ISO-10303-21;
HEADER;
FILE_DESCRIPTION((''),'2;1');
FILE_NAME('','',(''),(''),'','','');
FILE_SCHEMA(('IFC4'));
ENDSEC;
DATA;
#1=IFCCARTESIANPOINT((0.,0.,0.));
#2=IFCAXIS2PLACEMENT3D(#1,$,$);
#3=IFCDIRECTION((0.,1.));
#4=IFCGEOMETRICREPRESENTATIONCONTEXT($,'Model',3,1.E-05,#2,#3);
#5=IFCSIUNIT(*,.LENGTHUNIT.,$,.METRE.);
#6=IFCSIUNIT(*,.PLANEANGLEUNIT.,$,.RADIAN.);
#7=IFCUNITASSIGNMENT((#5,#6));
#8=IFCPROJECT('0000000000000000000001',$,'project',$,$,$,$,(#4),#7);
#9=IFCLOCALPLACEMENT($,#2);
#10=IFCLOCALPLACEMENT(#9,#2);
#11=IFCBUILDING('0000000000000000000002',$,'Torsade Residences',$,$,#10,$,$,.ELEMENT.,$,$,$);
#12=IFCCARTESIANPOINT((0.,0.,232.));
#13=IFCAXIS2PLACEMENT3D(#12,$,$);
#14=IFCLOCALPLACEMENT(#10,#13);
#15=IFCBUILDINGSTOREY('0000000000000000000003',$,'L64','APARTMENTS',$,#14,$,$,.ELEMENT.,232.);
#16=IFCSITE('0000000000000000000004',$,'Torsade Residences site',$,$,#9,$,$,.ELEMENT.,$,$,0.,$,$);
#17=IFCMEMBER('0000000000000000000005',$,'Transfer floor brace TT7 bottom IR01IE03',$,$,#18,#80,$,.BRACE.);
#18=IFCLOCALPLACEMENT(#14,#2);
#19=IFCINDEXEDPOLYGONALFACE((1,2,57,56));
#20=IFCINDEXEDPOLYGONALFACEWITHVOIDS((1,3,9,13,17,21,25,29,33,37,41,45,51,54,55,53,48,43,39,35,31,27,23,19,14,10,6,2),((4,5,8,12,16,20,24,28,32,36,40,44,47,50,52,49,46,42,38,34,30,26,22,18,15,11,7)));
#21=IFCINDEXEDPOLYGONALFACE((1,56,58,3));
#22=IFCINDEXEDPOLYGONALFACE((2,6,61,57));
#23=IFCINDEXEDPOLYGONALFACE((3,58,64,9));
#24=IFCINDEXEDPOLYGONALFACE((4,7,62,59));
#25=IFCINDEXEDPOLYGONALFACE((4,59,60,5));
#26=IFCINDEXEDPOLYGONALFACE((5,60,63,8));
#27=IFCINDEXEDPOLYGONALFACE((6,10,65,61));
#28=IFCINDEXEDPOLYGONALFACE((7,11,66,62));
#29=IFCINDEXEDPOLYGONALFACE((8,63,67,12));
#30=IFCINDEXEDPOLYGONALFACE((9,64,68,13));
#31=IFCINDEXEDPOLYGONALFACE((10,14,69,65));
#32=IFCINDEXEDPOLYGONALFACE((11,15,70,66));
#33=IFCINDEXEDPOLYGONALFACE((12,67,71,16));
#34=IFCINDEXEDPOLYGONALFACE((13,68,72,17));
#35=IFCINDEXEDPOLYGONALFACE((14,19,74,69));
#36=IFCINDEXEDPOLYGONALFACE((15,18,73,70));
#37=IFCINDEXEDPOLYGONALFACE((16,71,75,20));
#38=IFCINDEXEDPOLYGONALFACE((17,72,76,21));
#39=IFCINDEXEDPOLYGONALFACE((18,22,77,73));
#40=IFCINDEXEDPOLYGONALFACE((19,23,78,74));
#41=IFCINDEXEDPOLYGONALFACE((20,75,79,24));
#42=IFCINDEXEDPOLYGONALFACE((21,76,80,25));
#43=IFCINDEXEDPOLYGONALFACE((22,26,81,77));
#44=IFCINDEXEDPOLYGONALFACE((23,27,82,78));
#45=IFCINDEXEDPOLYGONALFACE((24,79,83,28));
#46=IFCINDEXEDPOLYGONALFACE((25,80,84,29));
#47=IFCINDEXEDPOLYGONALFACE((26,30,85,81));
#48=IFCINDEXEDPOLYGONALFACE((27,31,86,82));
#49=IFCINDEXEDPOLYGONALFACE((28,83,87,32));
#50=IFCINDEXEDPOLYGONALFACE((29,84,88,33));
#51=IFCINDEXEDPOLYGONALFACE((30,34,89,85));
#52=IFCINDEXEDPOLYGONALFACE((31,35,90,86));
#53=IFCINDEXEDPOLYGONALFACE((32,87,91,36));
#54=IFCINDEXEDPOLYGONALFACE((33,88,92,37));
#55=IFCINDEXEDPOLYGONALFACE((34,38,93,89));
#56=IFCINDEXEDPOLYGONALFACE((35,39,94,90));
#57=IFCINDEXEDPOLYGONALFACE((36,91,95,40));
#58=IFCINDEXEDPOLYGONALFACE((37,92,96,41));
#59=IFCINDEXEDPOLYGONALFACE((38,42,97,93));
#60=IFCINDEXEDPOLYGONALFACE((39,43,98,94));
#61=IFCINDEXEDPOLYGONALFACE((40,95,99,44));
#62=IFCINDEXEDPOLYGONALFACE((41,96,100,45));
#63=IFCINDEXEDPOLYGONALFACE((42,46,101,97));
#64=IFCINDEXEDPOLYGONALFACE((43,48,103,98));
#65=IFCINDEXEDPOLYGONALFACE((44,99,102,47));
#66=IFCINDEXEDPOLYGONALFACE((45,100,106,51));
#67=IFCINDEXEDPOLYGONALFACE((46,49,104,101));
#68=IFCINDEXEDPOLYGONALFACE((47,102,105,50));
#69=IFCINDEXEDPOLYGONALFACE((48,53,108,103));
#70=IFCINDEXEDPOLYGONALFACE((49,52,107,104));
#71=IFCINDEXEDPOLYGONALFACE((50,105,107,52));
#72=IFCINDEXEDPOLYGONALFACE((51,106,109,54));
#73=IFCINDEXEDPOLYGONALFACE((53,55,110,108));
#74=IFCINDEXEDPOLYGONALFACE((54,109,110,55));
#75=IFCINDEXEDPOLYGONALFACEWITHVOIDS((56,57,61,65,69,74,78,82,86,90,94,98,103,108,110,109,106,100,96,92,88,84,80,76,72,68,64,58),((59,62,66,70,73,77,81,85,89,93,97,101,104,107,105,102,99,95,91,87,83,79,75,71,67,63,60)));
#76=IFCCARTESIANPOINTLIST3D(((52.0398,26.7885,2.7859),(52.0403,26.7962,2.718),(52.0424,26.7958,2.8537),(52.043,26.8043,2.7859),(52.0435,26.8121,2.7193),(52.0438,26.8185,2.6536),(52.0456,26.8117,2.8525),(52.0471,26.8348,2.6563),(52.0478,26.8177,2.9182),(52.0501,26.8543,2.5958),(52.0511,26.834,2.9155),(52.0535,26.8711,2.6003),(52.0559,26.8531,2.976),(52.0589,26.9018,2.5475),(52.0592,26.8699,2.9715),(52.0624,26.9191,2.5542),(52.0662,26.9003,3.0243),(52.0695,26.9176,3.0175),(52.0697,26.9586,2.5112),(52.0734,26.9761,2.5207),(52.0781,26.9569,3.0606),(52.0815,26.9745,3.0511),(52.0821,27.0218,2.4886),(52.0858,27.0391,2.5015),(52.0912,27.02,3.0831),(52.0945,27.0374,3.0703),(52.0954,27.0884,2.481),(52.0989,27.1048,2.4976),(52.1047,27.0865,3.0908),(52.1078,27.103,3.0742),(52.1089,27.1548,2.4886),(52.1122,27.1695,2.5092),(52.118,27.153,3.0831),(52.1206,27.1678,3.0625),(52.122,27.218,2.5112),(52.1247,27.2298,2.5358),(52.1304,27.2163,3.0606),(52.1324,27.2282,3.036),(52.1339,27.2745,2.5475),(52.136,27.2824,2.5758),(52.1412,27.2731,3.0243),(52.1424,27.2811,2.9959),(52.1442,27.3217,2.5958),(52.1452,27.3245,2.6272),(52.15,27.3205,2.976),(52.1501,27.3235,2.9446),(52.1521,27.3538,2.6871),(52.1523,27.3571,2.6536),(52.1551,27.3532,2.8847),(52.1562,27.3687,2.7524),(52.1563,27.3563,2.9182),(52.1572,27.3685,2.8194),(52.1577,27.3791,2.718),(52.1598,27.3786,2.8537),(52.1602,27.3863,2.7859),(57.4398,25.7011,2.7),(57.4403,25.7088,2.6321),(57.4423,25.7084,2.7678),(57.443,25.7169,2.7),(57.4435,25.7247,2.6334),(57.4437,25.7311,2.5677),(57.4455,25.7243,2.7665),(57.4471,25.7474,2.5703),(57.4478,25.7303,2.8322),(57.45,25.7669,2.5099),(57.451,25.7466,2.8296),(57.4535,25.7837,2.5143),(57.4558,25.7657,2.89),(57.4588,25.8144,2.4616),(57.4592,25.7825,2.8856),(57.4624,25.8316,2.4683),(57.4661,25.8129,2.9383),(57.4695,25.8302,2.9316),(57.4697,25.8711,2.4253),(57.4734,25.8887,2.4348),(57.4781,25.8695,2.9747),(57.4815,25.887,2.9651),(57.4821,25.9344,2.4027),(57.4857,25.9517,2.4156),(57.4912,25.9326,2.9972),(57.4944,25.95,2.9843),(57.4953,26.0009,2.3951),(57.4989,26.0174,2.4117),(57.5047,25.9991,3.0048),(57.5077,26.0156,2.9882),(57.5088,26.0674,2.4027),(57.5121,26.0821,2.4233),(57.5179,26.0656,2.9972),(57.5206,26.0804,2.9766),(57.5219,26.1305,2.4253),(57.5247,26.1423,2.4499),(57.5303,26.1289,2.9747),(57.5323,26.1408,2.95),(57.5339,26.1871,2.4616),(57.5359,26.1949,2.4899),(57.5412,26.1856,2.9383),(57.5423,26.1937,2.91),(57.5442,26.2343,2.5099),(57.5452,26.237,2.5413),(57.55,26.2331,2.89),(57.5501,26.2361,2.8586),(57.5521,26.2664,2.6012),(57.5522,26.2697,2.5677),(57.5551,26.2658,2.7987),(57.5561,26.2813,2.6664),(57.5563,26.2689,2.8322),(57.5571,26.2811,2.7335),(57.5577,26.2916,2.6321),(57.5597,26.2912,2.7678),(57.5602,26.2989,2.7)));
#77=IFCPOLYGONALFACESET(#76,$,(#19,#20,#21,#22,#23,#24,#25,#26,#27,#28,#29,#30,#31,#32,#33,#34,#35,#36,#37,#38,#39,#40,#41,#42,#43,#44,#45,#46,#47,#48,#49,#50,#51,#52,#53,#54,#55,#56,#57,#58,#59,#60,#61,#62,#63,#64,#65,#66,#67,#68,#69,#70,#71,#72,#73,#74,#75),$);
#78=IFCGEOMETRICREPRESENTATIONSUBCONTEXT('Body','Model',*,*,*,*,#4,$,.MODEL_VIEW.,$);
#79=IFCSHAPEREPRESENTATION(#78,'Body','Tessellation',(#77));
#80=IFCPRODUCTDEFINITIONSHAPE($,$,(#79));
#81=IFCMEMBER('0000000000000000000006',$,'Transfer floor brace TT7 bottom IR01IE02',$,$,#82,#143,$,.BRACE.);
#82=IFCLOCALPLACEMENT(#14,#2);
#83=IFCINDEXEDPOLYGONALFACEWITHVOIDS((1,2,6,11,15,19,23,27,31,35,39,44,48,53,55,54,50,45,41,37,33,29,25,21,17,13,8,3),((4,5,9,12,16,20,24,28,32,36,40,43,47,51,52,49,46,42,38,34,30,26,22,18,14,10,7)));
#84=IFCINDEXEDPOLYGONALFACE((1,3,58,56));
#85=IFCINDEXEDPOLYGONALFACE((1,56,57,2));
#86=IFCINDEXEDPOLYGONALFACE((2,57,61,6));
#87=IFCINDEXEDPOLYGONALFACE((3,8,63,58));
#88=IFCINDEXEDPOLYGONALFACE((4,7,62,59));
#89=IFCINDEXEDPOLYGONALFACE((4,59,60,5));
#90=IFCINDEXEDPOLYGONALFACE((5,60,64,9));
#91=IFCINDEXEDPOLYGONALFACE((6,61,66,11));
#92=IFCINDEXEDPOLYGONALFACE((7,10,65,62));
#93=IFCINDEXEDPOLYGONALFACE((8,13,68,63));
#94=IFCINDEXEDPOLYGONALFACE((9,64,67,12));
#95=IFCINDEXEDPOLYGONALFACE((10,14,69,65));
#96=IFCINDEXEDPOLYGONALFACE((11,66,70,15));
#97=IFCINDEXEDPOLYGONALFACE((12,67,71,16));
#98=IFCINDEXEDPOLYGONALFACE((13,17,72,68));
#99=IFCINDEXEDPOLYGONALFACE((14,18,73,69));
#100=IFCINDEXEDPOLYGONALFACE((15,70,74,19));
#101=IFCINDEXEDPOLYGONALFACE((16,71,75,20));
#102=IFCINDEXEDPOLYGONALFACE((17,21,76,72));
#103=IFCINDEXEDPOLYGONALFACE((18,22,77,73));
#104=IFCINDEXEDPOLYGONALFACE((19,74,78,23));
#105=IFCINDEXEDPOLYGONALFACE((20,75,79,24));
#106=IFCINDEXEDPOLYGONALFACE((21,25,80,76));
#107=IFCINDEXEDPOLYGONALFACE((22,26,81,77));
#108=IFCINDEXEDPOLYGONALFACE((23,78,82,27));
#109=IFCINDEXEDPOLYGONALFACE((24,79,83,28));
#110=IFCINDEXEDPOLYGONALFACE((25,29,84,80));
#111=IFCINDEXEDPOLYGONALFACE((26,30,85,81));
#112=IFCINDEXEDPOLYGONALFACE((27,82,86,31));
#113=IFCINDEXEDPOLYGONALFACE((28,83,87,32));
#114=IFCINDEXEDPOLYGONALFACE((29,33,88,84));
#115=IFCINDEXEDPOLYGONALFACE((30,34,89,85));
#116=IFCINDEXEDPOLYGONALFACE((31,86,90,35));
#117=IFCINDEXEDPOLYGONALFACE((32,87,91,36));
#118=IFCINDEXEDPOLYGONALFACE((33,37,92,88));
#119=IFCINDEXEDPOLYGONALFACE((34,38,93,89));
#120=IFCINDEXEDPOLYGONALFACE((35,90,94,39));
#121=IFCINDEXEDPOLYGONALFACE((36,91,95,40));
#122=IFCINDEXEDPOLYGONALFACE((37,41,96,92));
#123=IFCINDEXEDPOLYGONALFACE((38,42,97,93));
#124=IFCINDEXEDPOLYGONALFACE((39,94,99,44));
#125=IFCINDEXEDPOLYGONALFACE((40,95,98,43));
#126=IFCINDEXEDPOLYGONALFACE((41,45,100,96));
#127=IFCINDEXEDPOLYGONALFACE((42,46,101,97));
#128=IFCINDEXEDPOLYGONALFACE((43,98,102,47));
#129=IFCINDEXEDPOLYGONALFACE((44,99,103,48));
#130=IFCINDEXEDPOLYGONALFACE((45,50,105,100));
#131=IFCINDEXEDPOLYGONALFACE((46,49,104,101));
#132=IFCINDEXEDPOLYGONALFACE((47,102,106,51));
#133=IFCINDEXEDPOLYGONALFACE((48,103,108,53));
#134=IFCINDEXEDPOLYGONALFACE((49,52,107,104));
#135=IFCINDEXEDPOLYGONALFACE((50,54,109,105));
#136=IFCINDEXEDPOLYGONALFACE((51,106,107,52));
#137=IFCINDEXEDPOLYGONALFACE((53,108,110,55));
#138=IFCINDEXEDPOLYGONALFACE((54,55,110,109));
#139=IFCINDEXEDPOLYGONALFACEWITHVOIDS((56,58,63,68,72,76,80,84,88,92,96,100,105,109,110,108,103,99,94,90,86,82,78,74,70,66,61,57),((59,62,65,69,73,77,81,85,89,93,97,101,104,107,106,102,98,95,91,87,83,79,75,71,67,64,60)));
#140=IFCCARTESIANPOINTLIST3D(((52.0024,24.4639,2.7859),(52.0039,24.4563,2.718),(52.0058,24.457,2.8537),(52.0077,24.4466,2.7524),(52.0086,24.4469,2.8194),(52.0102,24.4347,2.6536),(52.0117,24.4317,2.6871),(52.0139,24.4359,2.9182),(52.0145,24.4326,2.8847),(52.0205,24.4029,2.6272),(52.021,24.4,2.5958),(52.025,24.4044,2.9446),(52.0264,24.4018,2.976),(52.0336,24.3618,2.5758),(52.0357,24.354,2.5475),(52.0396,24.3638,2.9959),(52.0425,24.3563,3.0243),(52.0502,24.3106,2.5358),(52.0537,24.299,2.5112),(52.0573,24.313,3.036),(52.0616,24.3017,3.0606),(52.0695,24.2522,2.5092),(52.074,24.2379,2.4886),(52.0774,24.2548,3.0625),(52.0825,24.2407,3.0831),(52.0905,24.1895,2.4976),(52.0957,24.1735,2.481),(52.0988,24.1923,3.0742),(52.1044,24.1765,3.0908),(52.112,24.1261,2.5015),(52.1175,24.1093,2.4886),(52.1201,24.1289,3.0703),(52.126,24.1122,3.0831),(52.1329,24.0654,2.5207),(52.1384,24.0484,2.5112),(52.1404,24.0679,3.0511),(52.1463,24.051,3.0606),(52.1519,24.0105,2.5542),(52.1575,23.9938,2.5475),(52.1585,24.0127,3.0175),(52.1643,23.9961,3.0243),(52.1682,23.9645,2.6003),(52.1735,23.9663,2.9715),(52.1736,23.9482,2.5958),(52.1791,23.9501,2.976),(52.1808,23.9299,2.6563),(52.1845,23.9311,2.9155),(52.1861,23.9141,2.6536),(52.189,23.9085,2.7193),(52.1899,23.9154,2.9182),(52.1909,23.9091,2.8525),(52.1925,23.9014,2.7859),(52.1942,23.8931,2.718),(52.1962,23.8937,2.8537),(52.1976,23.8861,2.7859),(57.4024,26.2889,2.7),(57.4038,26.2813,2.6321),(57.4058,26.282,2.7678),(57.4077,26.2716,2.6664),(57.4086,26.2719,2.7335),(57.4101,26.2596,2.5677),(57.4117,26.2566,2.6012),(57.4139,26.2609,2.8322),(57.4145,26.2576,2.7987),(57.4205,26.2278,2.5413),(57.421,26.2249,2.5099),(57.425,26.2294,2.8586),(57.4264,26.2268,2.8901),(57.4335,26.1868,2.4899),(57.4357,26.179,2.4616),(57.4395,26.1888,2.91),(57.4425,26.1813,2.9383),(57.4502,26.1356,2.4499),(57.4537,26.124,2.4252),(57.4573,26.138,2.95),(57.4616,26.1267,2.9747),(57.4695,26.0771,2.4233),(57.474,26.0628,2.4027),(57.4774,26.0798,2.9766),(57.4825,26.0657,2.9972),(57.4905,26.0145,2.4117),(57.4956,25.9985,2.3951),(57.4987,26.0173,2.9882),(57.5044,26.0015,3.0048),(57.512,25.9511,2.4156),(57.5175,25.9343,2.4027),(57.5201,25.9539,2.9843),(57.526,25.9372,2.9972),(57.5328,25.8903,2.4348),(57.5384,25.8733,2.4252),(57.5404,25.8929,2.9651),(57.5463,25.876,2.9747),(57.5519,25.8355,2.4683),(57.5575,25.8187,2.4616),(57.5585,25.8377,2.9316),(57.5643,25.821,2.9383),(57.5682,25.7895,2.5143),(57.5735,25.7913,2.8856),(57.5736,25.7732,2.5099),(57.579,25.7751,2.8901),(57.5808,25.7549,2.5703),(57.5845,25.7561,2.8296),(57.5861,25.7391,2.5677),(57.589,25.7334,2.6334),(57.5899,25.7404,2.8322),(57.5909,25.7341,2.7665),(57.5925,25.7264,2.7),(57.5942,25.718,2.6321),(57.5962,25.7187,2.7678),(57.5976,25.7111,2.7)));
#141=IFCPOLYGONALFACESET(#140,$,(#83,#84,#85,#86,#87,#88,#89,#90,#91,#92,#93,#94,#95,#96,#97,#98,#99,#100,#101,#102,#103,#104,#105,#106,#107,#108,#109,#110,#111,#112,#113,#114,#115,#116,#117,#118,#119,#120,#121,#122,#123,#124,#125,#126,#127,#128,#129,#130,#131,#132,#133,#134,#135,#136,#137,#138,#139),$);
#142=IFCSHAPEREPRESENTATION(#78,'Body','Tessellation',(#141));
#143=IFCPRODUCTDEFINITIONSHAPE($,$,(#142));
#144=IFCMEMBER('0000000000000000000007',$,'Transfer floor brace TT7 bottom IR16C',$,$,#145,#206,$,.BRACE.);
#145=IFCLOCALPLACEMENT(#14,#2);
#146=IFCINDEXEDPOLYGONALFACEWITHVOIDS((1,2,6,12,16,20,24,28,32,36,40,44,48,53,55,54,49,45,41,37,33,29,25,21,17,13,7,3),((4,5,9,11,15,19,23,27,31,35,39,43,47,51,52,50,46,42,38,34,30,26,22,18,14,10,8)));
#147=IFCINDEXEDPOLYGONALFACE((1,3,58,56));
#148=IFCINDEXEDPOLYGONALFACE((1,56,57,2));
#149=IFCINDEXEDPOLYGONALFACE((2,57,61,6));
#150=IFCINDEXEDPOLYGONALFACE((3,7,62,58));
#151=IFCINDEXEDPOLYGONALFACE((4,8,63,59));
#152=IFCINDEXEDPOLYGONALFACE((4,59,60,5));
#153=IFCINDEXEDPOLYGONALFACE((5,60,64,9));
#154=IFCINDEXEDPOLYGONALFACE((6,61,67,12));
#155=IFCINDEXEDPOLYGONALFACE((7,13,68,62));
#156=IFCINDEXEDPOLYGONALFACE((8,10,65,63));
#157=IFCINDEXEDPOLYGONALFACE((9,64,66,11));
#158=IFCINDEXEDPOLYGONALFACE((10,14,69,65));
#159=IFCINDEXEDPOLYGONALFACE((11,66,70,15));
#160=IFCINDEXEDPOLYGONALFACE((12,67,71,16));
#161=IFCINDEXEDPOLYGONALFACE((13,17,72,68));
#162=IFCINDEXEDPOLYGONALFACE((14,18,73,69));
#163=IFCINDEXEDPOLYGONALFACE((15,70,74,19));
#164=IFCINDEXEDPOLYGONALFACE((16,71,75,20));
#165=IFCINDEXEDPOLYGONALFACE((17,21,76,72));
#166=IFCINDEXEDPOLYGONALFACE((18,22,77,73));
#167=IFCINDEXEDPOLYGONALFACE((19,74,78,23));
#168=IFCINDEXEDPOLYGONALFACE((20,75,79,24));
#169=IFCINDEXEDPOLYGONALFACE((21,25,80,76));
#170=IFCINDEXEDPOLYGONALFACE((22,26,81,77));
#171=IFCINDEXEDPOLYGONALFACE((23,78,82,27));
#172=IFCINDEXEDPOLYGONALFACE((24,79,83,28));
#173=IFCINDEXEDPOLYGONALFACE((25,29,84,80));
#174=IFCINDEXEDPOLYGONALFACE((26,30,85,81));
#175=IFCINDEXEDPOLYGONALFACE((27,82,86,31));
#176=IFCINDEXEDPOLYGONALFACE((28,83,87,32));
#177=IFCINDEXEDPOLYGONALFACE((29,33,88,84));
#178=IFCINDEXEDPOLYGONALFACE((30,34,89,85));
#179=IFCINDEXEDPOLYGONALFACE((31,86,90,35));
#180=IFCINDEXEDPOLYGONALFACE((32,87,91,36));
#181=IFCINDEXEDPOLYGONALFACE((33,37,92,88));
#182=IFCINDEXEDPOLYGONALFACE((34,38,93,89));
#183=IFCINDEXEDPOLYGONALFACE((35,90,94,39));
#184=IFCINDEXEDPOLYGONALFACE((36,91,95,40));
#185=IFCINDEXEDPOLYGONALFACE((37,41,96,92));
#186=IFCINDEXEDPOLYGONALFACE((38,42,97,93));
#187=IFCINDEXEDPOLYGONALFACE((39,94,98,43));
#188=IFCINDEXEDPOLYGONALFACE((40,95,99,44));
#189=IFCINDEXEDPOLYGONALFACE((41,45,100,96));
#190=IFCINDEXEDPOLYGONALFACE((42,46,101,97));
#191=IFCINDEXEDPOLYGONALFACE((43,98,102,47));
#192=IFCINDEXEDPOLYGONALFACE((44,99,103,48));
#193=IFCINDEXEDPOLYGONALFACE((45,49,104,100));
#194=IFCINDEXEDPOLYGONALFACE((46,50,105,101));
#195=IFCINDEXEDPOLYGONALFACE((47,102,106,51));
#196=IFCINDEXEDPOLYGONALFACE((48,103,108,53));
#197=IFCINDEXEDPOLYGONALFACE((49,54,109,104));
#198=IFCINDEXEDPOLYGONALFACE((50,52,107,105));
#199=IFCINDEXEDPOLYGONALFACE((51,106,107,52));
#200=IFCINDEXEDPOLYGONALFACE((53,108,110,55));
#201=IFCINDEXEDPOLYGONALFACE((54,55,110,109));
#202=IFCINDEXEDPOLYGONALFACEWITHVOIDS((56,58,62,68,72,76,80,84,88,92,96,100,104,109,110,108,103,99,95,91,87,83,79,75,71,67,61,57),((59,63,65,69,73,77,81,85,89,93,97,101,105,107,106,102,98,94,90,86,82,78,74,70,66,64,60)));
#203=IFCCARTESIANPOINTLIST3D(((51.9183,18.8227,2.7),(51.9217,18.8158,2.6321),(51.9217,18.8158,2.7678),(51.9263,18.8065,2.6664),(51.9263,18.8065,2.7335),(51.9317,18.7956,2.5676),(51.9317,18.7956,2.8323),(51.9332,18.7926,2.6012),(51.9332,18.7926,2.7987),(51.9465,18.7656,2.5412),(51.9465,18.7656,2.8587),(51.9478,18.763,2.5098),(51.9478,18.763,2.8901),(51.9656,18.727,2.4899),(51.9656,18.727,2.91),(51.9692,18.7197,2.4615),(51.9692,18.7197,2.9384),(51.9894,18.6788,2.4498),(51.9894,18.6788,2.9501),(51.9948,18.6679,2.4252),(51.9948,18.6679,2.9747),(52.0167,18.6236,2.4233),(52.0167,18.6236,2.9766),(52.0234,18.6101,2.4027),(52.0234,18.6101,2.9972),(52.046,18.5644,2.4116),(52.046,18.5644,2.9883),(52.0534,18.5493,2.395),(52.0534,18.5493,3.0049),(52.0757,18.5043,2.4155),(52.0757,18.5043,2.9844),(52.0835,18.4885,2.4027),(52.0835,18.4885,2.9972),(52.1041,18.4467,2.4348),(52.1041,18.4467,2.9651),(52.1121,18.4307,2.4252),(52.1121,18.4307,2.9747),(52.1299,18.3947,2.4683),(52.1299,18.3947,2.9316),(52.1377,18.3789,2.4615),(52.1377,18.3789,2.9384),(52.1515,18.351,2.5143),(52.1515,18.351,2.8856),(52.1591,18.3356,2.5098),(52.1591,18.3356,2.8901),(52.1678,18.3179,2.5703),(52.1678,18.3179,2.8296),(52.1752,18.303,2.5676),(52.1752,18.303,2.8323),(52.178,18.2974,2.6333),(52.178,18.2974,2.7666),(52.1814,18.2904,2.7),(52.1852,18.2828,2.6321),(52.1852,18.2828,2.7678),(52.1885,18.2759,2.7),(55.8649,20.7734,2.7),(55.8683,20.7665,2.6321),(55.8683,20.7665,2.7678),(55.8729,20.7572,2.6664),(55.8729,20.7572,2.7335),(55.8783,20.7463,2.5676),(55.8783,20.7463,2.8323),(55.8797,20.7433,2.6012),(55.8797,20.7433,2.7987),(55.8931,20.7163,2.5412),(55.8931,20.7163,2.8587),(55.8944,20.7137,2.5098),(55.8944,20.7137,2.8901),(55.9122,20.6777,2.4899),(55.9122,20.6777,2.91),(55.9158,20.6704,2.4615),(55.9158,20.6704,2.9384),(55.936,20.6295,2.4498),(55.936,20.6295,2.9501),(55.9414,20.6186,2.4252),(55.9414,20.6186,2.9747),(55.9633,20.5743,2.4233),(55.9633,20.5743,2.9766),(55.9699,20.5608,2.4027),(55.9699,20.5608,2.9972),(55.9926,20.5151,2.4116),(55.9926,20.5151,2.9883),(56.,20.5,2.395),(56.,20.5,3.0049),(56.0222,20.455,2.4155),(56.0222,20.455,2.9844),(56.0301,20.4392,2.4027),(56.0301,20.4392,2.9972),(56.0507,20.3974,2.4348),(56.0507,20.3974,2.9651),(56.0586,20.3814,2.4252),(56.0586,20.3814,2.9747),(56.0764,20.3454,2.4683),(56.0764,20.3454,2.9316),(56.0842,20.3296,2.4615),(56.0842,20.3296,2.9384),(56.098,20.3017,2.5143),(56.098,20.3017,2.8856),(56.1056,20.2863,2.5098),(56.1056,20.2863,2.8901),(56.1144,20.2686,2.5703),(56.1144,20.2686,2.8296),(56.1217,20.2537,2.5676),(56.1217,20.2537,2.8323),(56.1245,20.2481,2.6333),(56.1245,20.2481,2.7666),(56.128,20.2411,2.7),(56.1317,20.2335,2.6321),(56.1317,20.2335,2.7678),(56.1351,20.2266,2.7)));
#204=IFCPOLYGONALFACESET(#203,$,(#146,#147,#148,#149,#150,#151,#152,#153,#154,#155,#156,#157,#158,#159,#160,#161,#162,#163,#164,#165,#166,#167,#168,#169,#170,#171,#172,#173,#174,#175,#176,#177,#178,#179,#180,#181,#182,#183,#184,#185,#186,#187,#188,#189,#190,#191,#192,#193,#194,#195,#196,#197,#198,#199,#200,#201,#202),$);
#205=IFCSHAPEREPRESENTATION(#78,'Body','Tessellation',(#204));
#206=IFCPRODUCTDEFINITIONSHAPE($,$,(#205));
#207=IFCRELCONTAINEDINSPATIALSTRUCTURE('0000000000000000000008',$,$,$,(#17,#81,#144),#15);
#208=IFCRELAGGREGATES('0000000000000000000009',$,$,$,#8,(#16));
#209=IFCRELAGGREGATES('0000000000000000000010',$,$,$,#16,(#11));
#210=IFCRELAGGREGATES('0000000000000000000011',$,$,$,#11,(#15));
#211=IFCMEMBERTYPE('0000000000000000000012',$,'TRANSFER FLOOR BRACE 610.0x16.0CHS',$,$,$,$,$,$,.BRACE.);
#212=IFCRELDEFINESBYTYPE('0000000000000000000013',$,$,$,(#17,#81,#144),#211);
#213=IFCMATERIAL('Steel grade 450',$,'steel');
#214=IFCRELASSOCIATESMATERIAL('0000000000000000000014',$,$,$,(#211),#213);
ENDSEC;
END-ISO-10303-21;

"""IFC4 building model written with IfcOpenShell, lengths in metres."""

from ifc_helpers import new_model, si_unit, direction, frame, origin, origin_2d, place, context, subcontext, project, spatial, hollow_circle, extrude, material, material_profile, profile_set, type_object, element, save


model = new_model("IFC4")

# Units and contexts
model_context = context("Model", 3, precision=1e-05, world=origin(), true_north=direction((0.0, 1.0)))
body_context = subcontext(model_context, "Body", "Model", "MODEL_VIEW")
ifc_project = project(units=[si_unit("LENGTHUNIT", "METRE"), si_unit("PLANEANGLEUNIT", "RADIAN")], contexts=[model_context])

# Site, building, storey
site_placement = place(None, origin())
site = spatial("IfcSite", under=ifc_project, at=site_placement, Name="Torsade Residences site", CompositionType="ELEMENT", RefElevation=0.0)
building_placement = place(site_placement, origin())
building = spatial("IfcBuilding", under=site, at=building_placement, Name="Torsade Residences", CompositionType="ELEMENT")
storey_placement = place(building_placement, frame((0.0, 0.0, 232.0)))
storey = spatial("IfcBuildingStorey", under=building, at=storey_placement, Name="L64", Description="APARTMENTS", CompositionType="ELEMENT", Elevation=232.0)

# Members
ifc_material_1 = material(Name="Steel grade 450", Category="steel")
ifc_material_profile_1 = material_profile(ifc_material_1, hollow_circle(Radius=0.3049, WallThickness=0.0161, at=origin_2d()), Name="610.0x16.0CHS")
ifc_profile_set_1 = profile_set([ifc_material_profile_1], Name="Steel grade 450")
member_type = type_object("IfcMemberType", Name="TRANSFER FLOOR BRACE 610.0x16.0CHS", PredefinedType="BRACE", material=ifc_profile_set_1)
member_1_placement = place(storey_placement, frame((57.5, 26.0, 2.7), z_axis=(-0.980201, 0.197388, 0.0156), x_axis=(-0.197412, -0.980321, 0.0)))
element("IfcMember", 1, at=member_1_placement, inside=storey, type_object=member_type, Name="Transfer floor brace TT7 bottom IR01IE03", PredefinedType="BRACE", context=body_context, shape_type="SweptSolid", body=[
    extrude(hollow_circle(Radius=0.3049, WallThickness=0.0161, at=origin_2d()), origin(), (0.0, 0.0, 1.0), 5.509),
])
member_2_placement = place(storey_placement, frame((57.5, 26.0, 2.7), z_axis=(-0.947252, -0.320133, 0.015075), x_axis=(0.32017, -0.94736, 0.0)))
element("IfcMember", 2, at=member_2_placement, inside=storey, type_object=member_type, Name="Transfer floor brace TT7 bottom IR01IE02", PredefinedType="BRACE", context=body_context, shape_type="SweptSolid", body=[
    extrude(hollow_circle(Radius=0.3049, WallThickness=0.0161, at=origin_2d()), origin(), (0.0, 0.0, 1.0), 5.7007),
])
member_3_placement = place(storey_placement, frame((56.0, 20.5, 2.7), z_axis=(-0.89647, -0.443105, 0.0), x_axis=(0.443105, -0.89647, 0.0)))
element("IfcMember", 3, at=member_3_placement, inside=storey, type_object=member_type, Name="Transfer floor brace TT7 bottom IR16C", PredefinedType="BRACE", context=body_context, shape_type="SweptSolid", body=[
    extrude(hollow_circle(Radius=0.3049, WallThickness=0.0161, at=origin_2d()), origin(), (0.0, 0.0, 1.0), 4.4023),
])

save(model, "model.ifc")
